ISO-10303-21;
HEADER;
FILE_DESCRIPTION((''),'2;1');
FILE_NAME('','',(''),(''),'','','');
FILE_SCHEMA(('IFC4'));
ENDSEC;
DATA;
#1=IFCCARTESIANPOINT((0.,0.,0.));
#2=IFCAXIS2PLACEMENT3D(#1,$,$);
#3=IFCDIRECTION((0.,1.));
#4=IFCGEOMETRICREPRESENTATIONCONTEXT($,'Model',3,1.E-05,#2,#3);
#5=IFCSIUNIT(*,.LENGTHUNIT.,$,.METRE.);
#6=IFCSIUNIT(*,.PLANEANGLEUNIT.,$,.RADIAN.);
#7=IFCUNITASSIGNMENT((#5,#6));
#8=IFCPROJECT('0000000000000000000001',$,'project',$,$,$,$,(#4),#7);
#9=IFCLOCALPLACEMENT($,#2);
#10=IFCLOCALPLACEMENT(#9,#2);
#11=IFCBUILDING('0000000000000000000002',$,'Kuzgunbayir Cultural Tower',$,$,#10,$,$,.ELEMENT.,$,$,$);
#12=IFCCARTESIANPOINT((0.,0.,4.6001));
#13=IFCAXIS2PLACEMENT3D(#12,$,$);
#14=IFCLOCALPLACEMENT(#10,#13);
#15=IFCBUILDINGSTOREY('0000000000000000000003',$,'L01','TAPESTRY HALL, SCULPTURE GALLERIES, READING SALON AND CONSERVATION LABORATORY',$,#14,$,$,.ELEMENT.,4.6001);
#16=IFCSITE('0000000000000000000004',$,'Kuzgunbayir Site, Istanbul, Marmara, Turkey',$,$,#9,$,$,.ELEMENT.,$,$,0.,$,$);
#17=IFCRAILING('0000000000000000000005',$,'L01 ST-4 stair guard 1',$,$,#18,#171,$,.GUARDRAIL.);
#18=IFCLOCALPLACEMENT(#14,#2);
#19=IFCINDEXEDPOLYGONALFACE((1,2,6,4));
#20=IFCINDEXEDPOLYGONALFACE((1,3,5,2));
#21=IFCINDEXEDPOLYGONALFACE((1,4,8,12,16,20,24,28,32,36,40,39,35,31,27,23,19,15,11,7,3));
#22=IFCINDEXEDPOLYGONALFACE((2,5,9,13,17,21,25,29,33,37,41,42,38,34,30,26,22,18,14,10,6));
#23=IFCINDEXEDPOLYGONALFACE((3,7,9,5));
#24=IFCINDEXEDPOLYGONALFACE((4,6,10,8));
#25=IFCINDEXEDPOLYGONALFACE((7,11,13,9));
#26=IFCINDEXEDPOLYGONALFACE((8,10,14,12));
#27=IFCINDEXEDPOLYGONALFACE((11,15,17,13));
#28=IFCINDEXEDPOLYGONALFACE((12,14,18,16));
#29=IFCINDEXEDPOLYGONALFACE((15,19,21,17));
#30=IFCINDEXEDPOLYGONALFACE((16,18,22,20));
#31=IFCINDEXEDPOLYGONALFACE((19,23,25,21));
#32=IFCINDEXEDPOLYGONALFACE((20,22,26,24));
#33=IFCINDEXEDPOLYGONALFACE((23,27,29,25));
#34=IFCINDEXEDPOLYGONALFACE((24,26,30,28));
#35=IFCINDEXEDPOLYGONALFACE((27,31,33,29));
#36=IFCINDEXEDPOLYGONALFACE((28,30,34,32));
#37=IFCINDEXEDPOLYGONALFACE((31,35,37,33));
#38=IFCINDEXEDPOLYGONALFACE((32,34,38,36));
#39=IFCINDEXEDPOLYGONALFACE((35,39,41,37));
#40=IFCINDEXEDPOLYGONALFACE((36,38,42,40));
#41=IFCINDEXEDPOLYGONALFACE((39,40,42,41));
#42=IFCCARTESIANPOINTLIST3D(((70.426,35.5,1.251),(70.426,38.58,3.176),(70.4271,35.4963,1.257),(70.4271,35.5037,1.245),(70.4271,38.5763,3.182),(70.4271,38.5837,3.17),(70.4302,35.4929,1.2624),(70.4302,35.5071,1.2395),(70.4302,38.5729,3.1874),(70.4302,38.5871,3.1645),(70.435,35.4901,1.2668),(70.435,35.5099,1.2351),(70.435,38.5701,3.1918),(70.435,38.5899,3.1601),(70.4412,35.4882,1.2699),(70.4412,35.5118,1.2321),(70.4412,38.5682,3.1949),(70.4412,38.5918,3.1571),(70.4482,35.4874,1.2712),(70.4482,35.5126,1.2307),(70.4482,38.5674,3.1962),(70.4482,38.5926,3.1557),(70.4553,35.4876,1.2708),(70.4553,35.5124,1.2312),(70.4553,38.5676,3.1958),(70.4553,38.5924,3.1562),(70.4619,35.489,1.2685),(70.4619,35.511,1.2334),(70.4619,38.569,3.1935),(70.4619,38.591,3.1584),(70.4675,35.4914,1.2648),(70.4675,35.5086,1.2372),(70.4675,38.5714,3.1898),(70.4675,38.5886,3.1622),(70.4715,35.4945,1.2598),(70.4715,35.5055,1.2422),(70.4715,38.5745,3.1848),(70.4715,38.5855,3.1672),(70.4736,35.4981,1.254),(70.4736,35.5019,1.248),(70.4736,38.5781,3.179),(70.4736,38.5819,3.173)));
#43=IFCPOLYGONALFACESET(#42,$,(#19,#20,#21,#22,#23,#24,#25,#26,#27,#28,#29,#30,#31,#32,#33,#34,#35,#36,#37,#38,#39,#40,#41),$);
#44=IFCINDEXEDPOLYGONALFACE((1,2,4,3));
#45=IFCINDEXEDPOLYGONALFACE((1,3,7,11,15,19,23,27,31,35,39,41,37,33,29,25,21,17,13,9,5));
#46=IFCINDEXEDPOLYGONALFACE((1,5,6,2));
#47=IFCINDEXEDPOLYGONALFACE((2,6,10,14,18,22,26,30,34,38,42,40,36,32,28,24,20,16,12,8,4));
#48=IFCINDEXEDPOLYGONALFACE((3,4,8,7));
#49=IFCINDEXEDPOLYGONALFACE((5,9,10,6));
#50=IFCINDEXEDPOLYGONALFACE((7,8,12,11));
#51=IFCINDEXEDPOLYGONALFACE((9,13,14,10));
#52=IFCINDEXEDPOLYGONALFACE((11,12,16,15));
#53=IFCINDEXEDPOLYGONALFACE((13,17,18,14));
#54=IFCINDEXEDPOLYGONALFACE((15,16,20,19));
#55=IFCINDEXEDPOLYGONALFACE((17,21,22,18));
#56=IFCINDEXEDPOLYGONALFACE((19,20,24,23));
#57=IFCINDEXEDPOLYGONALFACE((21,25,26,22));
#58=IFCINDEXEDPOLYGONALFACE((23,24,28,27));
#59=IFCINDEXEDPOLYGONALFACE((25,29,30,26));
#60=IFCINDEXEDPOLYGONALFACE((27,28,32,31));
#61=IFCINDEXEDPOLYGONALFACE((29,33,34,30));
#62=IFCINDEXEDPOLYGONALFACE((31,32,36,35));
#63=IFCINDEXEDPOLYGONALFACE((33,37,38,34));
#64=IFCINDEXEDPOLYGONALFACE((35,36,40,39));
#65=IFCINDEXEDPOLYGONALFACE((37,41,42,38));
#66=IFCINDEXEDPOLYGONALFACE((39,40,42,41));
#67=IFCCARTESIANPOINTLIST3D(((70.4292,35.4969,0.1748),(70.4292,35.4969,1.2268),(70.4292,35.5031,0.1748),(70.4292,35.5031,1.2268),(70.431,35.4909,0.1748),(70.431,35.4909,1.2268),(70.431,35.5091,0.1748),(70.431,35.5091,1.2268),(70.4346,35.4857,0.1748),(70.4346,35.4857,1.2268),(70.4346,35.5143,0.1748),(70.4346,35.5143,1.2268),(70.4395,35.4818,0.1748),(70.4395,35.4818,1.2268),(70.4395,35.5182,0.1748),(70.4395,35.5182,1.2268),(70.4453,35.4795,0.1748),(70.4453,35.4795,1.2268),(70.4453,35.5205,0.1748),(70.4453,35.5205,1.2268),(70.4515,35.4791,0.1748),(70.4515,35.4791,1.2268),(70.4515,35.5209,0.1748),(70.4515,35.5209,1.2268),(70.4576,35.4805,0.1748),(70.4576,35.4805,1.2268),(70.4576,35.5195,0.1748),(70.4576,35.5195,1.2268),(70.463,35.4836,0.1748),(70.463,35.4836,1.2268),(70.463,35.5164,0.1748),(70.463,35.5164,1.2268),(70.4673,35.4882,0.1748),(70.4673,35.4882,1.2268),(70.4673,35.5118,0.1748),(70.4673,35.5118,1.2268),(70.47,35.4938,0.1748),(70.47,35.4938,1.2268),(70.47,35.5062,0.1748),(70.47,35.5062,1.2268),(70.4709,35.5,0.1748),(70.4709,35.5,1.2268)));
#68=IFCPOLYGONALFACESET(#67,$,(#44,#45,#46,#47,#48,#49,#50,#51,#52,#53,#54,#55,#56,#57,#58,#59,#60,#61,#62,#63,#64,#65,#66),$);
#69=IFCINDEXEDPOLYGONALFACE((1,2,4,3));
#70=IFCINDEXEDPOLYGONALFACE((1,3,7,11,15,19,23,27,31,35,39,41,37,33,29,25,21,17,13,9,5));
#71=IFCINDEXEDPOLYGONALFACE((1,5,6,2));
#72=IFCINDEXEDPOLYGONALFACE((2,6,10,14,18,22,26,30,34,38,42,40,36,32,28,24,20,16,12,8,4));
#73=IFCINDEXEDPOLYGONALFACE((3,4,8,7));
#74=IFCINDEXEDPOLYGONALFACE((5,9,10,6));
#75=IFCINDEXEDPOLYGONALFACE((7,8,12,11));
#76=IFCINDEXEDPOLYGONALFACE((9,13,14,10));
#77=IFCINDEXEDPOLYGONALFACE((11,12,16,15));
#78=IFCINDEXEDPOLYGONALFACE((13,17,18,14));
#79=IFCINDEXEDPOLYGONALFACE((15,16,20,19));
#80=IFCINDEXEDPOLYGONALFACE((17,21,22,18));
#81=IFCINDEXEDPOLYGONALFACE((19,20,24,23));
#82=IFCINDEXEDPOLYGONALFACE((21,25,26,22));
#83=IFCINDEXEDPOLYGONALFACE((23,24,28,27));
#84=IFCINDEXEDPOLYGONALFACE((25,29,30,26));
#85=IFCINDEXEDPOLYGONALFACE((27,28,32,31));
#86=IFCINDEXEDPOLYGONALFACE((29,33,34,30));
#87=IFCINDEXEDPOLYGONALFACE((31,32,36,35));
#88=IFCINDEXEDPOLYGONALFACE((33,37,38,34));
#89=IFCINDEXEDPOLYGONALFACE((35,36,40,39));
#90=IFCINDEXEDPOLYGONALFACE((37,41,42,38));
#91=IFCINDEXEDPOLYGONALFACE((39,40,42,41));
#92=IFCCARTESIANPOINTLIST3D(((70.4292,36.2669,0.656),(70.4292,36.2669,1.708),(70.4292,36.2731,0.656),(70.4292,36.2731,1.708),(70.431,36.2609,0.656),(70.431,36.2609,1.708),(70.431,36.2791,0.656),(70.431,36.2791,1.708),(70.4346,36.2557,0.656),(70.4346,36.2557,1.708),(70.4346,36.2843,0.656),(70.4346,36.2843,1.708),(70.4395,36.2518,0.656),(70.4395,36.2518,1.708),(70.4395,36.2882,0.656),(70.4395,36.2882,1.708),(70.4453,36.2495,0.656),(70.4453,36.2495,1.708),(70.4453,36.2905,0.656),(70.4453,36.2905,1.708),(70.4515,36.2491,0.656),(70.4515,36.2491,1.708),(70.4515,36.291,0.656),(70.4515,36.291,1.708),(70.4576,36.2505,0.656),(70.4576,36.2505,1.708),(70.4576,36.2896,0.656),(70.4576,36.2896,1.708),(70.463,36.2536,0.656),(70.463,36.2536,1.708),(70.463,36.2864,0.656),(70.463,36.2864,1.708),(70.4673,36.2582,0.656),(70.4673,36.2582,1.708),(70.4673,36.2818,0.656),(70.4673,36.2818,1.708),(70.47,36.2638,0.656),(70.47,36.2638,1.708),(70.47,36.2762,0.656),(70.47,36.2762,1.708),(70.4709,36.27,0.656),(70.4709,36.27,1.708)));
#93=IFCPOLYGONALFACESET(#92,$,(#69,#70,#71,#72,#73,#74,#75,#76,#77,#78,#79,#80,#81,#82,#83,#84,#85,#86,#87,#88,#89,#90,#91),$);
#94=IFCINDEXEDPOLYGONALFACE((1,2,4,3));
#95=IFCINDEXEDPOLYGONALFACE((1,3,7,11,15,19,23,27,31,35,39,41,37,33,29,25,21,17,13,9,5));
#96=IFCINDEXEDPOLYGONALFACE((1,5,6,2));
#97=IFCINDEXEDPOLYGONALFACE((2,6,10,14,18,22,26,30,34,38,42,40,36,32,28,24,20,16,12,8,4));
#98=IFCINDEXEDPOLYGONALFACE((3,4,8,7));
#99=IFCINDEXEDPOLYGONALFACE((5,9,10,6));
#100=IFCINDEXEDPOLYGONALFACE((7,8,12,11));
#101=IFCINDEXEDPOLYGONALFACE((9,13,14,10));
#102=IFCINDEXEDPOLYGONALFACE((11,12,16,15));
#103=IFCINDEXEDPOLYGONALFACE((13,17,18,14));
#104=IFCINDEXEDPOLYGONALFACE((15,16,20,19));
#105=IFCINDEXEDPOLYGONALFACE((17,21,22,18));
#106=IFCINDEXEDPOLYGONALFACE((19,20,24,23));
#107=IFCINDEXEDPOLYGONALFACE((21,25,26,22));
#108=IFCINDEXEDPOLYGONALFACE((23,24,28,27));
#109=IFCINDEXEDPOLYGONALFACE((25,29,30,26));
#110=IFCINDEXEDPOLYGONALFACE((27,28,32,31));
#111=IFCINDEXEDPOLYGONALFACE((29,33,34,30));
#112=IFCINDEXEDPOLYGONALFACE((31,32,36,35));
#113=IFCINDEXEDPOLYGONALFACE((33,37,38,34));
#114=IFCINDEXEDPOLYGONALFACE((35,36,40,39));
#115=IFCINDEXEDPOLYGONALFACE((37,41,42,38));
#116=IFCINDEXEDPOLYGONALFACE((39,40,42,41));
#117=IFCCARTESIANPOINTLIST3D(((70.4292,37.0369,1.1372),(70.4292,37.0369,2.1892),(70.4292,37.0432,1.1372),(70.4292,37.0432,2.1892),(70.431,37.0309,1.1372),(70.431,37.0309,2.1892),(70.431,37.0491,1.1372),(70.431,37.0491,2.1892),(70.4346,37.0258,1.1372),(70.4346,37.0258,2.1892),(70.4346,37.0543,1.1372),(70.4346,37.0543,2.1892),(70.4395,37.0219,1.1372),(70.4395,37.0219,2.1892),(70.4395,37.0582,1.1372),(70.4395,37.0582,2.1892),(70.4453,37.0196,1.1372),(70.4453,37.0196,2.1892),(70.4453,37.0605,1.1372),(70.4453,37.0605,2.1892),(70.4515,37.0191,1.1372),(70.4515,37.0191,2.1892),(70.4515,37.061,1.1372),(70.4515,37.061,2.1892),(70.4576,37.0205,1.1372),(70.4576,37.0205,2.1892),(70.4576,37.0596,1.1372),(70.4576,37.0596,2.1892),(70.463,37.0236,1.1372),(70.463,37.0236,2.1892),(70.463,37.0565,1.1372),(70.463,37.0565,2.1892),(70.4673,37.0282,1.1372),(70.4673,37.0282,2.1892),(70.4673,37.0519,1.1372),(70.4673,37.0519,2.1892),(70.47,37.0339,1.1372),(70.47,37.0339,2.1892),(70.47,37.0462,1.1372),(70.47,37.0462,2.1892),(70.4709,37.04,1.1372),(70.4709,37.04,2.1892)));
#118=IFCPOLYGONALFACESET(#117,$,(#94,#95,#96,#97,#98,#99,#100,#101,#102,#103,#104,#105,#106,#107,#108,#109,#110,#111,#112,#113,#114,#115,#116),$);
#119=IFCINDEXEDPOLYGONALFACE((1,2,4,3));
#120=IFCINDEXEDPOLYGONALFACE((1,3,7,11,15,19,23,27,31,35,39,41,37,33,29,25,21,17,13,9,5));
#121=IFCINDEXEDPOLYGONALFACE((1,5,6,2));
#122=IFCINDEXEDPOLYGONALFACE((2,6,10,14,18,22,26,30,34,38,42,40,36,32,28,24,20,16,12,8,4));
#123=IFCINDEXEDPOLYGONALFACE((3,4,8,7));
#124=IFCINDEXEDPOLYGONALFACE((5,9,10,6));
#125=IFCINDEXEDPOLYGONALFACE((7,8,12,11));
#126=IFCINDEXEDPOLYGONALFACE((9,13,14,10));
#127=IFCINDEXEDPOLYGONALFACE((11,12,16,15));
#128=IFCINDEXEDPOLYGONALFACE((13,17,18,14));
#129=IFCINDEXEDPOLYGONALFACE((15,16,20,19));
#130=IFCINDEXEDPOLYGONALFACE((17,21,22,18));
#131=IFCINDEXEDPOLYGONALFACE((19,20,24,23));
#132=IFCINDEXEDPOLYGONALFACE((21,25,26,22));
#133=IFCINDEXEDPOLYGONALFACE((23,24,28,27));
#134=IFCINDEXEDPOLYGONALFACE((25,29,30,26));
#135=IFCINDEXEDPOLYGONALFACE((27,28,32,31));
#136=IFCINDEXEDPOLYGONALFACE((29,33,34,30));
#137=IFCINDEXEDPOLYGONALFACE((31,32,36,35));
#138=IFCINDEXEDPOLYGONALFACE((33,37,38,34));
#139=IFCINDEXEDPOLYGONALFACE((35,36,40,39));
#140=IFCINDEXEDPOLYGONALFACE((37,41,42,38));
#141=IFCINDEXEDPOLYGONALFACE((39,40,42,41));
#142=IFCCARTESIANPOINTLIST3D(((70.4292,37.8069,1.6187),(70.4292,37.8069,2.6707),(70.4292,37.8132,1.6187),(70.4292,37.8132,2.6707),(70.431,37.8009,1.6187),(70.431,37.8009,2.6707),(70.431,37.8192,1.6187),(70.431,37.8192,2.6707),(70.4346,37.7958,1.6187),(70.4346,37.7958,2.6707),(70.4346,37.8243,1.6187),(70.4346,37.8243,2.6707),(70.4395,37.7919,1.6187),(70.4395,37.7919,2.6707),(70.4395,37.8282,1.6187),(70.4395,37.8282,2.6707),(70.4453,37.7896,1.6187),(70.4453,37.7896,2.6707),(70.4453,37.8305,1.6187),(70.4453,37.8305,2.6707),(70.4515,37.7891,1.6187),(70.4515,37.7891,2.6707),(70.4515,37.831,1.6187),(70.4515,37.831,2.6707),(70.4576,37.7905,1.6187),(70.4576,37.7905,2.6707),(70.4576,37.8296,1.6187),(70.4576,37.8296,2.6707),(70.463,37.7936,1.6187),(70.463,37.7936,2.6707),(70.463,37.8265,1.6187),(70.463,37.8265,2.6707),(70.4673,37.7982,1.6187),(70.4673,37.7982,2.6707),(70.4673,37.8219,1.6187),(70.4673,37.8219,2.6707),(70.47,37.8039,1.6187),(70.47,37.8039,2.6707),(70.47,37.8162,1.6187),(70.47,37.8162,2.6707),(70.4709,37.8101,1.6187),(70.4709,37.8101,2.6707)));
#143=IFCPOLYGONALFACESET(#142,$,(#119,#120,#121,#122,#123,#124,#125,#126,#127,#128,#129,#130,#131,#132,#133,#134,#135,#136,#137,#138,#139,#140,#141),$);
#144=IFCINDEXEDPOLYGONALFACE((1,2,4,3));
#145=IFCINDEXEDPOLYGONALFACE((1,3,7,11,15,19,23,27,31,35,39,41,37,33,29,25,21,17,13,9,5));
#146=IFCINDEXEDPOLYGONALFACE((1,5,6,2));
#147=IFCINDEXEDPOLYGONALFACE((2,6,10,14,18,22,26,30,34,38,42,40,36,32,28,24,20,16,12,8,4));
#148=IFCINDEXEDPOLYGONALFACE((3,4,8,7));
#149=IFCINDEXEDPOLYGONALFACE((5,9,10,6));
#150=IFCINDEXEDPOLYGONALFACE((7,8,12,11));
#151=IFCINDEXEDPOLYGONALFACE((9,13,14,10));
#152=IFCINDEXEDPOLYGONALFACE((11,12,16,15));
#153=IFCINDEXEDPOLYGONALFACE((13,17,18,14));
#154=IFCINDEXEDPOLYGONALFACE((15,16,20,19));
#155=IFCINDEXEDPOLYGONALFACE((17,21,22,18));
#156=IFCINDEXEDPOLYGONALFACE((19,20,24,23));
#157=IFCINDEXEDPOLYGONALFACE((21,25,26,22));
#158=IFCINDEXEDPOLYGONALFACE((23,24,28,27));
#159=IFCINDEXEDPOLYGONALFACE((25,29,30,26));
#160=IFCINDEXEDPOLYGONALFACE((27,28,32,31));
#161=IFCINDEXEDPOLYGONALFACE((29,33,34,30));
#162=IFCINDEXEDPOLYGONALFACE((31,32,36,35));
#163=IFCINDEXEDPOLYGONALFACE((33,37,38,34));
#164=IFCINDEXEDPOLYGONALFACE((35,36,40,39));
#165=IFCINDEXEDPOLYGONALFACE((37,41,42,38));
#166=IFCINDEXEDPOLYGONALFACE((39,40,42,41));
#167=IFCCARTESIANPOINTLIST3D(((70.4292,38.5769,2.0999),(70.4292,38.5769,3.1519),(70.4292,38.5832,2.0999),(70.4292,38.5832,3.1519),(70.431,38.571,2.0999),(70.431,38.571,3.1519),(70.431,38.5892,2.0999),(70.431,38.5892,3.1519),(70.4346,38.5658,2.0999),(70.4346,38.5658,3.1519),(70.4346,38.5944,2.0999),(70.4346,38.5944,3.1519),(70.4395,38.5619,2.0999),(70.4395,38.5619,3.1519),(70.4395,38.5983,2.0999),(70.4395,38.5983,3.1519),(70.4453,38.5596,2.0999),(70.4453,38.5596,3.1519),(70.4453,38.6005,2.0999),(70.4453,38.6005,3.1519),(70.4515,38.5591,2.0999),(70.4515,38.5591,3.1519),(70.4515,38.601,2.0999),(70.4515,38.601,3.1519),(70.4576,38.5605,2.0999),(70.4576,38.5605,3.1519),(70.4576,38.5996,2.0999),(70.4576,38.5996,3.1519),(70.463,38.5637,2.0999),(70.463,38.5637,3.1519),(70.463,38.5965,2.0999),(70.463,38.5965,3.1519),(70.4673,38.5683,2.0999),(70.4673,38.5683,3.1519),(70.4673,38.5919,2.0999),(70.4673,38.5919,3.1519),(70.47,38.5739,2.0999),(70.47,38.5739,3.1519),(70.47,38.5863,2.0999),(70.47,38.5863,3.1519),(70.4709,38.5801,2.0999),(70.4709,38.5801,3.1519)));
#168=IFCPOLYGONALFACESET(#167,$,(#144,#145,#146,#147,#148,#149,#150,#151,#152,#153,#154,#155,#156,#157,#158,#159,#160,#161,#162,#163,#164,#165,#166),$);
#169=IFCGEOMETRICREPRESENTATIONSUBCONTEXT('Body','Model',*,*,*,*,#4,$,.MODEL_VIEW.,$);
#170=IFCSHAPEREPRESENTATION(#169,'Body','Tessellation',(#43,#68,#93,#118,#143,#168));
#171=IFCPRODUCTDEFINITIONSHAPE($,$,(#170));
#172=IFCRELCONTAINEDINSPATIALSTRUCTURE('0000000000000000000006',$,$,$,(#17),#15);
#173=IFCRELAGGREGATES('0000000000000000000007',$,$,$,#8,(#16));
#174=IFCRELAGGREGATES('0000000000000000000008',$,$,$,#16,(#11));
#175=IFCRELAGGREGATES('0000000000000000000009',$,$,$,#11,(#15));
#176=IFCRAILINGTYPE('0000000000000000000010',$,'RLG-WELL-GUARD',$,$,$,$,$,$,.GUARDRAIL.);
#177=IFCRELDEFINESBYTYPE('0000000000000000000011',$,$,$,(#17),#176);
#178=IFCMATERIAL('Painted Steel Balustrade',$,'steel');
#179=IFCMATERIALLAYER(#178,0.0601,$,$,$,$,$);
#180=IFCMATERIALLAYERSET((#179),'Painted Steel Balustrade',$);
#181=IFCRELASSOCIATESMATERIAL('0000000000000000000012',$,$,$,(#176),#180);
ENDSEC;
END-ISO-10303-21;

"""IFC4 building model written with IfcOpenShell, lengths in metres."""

from ifc_helpers import new_model, si_unit, direction, frame, origin, origin_2d, place, context, subcontext, project, spatial, circle, extrude, material, layer, layer_set, type_object, element, save


model = new_model("IFC4")

# Units and contexts
model_context = context("Model", 3, precision=1e-05, world=origin(), true_north=direction((0.0, 1.0)))
body_context = subcontext(model_context, "Body", "Model", "MODEL_VIEW")
ifc_project = project(units=[si_unit("LENGTHUNIT", "METRE"), si_unit("PLANEANGLEUNIT", "RADIAN")], contexts=[model_context])

# Site, building, storey
site_placement = place(None, origin())
site = spatial("IfcSite", under=ifc_project, at=site_placement, Name="Kuzgunbayir Site, Istanbul, Marmara, Turkey", CompositionType="ELEMENT", RefElevation=0.0)
building_placement = place(site_placement, origin())
building = spatial("IfcBuilding", under=site, at=building_placement, Name="Kuzgunbayir Cultural Tower", CompositionType="ELEMENT")
storey_placement = place(building_placement, frame((0.0, 0.0, 4.6001)))
storey = spatial("IfcBuildingStorey", under=building, at=storey_placement, Name="L01", Description="TAPESTRY HALL, SCULPTURE GALLERIES, READING SALON AND CONSERVATION LABORATORY", CompositionType="ELEMENT", Elevation=4.6001)

# Railing
ifc_material_1 = material(Name="Painted Steel Balustrade", Category="steel")
ifc_layer_1 = layer(ifc_material_1, 0.0601)
ifc_layer_set_1 = layer_set([ifc_layer_1], Name="Painted Steel Balustrade")
railing_type = type_object("IfcRailingType", Name="RLG-WELL-GUARD", PredefinedType="GUARDRAIL", material=ifc_layer_set_1)
railing_1_placement = place(storey_placement, frame((70.45, 35.5, 0.1748)))
element("IfcRailing", 1, at=railing_1_placement, inside=storey, type_object=railing_type, Name="L01 ST-4 stair guard 1", PredefinedType="GUARDRAIL", context=body_context, shape_type="SweptSolid", body=[
    extrude(circle(Radius=0.0239, at=origin_2d()), frame((0.0, 0.0, 1.0762), z_axis=(0.0, 0.847998, 0.529999), x_axis=(-1.0, 0.0, 0.0)), (0.0, 0.0, 1.0), 3.6321),
    extrude(circle(Radius=0.021, at=origin_2d()), origin(), (0.0, 0.0, 1.0), 1.052),
    extrude(circle(Radius=0.021, at=origin_2d()), frame((0.0, 0.77, 0.4812)), (0.0, 0.0, 1.0), 1.052),
    extrude(circle(Radius=0.021, at=origin_2d()), frame((0.0, 1.54, 0.9624)), (0.0, 0.0, 1.0), 1.052),
    extrude(circle(Radius=0.021, at=origin_2d()), frame((0.0, 2.3101, 1.4438)), (0.0, 0.0, 1.0), 1.052),
    extrude(circle(Radius=0.021, at=origin_2d()), frame((0.0, 3.0801, 1.925)), (0.0, 0.0, 1.0), 1.052),
])

save(model, "model.ifc")
